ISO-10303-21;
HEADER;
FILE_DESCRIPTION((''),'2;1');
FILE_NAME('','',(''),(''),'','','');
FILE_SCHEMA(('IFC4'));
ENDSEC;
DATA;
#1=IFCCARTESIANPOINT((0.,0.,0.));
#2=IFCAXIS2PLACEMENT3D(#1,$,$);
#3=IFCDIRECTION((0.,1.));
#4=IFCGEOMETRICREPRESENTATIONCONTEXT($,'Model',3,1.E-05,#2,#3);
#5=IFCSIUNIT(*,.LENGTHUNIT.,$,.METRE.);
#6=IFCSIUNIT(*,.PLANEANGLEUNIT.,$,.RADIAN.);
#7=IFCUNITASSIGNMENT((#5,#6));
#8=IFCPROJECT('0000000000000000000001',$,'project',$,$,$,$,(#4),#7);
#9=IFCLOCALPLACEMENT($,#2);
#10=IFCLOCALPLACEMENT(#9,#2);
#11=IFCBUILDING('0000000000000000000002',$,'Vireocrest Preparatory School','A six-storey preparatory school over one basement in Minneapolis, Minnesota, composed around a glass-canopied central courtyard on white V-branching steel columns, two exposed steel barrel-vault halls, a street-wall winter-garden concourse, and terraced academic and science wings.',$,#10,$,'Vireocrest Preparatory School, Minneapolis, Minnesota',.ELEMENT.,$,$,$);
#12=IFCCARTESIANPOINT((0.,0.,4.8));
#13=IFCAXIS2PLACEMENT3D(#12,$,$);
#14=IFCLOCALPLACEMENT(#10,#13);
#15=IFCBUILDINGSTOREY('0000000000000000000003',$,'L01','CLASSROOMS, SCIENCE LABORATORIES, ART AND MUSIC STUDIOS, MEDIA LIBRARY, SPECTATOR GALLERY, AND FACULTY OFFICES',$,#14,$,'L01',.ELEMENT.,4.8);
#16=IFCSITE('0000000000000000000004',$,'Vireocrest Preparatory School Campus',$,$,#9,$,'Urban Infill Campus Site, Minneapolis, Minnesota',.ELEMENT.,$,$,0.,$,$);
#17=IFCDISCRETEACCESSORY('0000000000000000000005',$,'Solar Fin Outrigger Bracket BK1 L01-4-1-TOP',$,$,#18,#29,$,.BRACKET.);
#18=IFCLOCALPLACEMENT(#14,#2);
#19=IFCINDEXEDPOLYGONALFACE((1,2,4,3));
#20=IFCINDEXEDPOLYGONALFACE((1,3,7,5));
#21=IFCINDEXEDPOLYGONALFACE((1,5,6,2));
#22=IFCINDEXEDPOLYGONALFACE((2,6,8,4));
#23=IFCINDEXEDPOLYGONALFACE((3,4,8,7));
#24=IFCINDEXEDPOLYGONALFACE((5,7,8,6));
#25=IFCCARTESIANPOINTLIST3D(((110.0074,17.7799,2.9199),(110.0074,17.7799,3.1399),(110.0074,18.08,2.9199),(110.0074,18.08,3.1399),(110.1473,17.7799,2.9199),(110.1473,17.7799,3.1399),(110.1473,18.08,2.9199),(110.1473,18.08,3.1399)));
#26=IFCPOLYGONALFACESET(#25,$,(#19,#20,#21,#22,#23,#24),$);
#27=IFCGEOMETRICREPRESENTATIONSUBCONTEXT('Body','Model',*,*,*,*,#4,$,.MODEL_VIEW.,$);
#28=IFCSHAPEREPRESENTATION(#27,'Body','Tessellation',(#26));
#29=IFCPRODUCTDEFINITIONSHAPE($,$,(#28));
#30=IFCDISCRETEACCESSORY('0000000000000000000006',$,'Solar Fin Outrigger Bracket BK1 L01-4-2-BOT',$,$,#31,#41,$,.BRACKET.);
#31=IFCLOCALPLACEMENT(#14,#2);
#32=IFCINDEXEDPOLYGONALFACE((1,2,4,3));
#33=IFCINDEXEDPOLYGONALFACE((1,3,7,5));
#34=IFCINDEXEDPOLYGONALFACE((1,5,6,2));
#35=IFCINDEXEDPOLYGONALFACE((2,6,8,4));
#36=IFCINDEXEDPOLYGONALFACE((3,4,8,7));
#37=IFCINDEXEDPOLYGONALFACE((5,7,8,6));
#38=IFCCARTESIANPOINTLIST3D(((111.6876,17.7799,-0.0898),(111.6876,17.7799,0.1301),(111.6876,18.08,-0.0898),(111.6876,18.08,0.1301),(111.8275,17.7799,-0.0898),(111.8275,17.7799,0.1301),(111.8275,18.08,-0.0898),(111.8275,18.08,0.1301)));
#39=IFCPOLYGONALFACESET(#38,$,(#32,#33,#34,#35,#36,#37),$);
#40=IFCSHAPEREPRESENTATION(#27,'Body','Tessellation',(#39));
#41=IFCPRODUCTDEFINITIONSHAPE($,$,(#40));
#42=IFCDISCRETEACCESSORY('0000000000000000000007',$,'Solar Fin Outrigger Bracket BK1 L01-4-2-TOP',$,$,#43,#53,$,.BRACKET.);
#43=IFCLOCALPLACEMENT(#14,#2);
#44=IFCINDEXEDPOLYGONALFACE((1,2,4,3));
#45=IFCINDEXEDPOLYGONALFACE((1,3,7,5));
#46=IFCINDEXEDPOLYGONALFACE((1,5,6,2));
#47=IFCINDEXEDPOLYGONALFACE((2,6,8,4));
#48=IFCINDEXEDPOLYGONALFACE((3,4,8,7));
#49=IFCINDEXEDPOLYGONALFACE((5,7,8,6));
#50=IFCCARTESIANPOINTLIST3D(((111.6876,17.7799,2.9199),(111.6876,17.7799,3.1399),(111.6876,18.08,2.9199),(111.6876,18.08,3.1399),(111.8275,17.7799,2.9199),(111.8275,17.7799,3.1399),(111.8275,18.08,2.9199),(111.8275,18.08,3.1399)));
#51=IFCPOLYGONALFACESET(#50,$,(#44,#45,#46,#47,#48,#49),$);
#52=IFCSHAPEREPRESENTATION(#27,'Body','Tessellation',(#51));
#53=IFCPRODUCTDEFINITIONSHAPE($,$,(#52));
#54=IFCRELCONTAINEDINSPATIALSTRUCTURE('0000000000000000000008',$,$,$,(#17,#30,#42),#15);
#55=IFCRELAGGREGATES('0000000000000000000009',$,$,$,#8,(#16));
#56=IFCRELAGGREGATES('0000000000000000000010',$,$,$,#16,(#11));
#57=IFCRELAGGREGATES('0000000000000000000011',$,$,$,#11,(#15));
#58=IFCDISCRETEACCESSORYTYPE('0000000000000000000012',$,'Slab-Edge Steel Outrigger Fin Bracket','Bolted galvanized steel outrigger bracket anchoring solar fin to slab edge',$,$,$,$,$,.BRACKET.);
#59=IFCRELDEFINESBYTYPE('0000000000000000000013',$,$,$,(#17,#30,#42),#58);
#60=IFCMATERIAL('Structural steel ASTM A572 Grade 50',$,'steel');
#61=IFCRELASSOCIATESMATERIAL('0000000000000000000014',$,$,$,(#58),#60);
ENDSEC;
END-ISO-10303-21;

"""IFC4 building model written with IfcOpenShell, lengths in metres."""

from ifc_helpers import new_model, si_unit, direction, frame, origin, origin_2d, place, context, subcontext, project, spatial, rectangle, extrude, material, type_object, element, save


model = new_model("IFC4")

# Units and contexts
model_context = context("Model", 3, precision=1e-05, world=origin(), true_north=direction((0.0, 1.0)))
body_context = subcontext(model_context, "Body", "Model", "MODEL_VIEW")
ifc_project = project(units=[si_unit("LENGTHUNIT", "METRE"), si_unit("PLANEANGLEUNIT", "RADIAN")], contexts=[model_context])

# Site, building, storey
site_placement = place(None, origin())
site = spatial("IfcSite", under=ifc_project, at=site_placement, Name="Vireocrest Preparatory School Campus", LongName="Urban Infill Campus Site, Minneapolis, Minnesota", CompositionType="ELEMENT", RefElevation=0.0)
building_placement = place(site_placement, origin())
building = spatial("IfcBuilding", under=site, at=building_placement, Name="Vireocrest Preparatory School", Description="A six-storey preparatory school over one basement in Minneapolis, Minnesota, composed around a glass-canopied central courtyard on white V-branching steel columns, two exposed steel barrel-vault halls, a street-wall winter-garden concourse, and terraced academic and science wings.", LongName="Vireocrest Preparatory School, Minneapolis, Minnesota", CompositionType="ELEMENT")
storey_placement = place(building_placement, frame((0.0, 0.0, 4.8)))
storey = spatial("IfcBuildingStorey", under=building, at=storey_placement, Name="L01", Description="CLASSROOMS, SCIENCE LABORATORIES, ART AND MUSIC STUDIOS, MEDIA LIBRARY, SPECTATOR GALLERY, AND FACULTY OFFICES", LongName="L01", CompositionType="ELEMENT", Elevation=4.8)

# Discrete accessories
ifc_material_1 = material(Name="Structural steel ASTM A572 Grade 50", Category="steel")
discrete_accessory_type = type_object("IfcDiscreteAccessoryType", Name="Slab-Edge Steel Outrigger Fin Bracket", Description="Bolted galvanized steel outrigger bracket anchoring solar fin to slab edge", PredefinedType="BRACKET", material=ifc_material_1)
for number, where, z_axis, x_axis, name in (
    (1, (110.0774, 17.9299, 2.9199), (0.0, 0.0, 1.0), (-1.0, 0.0, 0.0), "Solar Fin Outrigger Bracket BK1 L01-4-1-TOP"),
    (2, (111.7576, 17.9299, -0.0898), (0.0, 0.0, 1.0), (-1.0, 0.0, 0.0), "Solar Fin Outrigger Bracket BK1 L01-4-2-BOT"),
    (3, (111.7576, 17.9299, 2.9199), (0.0, 0.0, 1.0), (-1.0, 0.0, 0.0), "Solar Fin Outrigger Bracket BK1 L01-4-2-TOP"),
):
    element("IfcDiscreteAccessory", number, at=place(storey_placement, frame(where, z_axis=z_axis, x_axis=x_axis)), inside=storey, type_object=discrete_accessory_type, Name=name, PredefinedType="BRACKET", context=body_context, shape_type="SweptSolid", body=[
        extrude(rectangle(XDim=0.1399, YDim=0.3, at=origin_2d()), origin(), (0.0, 0.0, 1.0), 0.22),
    ])

save(model, "model.ifc")
